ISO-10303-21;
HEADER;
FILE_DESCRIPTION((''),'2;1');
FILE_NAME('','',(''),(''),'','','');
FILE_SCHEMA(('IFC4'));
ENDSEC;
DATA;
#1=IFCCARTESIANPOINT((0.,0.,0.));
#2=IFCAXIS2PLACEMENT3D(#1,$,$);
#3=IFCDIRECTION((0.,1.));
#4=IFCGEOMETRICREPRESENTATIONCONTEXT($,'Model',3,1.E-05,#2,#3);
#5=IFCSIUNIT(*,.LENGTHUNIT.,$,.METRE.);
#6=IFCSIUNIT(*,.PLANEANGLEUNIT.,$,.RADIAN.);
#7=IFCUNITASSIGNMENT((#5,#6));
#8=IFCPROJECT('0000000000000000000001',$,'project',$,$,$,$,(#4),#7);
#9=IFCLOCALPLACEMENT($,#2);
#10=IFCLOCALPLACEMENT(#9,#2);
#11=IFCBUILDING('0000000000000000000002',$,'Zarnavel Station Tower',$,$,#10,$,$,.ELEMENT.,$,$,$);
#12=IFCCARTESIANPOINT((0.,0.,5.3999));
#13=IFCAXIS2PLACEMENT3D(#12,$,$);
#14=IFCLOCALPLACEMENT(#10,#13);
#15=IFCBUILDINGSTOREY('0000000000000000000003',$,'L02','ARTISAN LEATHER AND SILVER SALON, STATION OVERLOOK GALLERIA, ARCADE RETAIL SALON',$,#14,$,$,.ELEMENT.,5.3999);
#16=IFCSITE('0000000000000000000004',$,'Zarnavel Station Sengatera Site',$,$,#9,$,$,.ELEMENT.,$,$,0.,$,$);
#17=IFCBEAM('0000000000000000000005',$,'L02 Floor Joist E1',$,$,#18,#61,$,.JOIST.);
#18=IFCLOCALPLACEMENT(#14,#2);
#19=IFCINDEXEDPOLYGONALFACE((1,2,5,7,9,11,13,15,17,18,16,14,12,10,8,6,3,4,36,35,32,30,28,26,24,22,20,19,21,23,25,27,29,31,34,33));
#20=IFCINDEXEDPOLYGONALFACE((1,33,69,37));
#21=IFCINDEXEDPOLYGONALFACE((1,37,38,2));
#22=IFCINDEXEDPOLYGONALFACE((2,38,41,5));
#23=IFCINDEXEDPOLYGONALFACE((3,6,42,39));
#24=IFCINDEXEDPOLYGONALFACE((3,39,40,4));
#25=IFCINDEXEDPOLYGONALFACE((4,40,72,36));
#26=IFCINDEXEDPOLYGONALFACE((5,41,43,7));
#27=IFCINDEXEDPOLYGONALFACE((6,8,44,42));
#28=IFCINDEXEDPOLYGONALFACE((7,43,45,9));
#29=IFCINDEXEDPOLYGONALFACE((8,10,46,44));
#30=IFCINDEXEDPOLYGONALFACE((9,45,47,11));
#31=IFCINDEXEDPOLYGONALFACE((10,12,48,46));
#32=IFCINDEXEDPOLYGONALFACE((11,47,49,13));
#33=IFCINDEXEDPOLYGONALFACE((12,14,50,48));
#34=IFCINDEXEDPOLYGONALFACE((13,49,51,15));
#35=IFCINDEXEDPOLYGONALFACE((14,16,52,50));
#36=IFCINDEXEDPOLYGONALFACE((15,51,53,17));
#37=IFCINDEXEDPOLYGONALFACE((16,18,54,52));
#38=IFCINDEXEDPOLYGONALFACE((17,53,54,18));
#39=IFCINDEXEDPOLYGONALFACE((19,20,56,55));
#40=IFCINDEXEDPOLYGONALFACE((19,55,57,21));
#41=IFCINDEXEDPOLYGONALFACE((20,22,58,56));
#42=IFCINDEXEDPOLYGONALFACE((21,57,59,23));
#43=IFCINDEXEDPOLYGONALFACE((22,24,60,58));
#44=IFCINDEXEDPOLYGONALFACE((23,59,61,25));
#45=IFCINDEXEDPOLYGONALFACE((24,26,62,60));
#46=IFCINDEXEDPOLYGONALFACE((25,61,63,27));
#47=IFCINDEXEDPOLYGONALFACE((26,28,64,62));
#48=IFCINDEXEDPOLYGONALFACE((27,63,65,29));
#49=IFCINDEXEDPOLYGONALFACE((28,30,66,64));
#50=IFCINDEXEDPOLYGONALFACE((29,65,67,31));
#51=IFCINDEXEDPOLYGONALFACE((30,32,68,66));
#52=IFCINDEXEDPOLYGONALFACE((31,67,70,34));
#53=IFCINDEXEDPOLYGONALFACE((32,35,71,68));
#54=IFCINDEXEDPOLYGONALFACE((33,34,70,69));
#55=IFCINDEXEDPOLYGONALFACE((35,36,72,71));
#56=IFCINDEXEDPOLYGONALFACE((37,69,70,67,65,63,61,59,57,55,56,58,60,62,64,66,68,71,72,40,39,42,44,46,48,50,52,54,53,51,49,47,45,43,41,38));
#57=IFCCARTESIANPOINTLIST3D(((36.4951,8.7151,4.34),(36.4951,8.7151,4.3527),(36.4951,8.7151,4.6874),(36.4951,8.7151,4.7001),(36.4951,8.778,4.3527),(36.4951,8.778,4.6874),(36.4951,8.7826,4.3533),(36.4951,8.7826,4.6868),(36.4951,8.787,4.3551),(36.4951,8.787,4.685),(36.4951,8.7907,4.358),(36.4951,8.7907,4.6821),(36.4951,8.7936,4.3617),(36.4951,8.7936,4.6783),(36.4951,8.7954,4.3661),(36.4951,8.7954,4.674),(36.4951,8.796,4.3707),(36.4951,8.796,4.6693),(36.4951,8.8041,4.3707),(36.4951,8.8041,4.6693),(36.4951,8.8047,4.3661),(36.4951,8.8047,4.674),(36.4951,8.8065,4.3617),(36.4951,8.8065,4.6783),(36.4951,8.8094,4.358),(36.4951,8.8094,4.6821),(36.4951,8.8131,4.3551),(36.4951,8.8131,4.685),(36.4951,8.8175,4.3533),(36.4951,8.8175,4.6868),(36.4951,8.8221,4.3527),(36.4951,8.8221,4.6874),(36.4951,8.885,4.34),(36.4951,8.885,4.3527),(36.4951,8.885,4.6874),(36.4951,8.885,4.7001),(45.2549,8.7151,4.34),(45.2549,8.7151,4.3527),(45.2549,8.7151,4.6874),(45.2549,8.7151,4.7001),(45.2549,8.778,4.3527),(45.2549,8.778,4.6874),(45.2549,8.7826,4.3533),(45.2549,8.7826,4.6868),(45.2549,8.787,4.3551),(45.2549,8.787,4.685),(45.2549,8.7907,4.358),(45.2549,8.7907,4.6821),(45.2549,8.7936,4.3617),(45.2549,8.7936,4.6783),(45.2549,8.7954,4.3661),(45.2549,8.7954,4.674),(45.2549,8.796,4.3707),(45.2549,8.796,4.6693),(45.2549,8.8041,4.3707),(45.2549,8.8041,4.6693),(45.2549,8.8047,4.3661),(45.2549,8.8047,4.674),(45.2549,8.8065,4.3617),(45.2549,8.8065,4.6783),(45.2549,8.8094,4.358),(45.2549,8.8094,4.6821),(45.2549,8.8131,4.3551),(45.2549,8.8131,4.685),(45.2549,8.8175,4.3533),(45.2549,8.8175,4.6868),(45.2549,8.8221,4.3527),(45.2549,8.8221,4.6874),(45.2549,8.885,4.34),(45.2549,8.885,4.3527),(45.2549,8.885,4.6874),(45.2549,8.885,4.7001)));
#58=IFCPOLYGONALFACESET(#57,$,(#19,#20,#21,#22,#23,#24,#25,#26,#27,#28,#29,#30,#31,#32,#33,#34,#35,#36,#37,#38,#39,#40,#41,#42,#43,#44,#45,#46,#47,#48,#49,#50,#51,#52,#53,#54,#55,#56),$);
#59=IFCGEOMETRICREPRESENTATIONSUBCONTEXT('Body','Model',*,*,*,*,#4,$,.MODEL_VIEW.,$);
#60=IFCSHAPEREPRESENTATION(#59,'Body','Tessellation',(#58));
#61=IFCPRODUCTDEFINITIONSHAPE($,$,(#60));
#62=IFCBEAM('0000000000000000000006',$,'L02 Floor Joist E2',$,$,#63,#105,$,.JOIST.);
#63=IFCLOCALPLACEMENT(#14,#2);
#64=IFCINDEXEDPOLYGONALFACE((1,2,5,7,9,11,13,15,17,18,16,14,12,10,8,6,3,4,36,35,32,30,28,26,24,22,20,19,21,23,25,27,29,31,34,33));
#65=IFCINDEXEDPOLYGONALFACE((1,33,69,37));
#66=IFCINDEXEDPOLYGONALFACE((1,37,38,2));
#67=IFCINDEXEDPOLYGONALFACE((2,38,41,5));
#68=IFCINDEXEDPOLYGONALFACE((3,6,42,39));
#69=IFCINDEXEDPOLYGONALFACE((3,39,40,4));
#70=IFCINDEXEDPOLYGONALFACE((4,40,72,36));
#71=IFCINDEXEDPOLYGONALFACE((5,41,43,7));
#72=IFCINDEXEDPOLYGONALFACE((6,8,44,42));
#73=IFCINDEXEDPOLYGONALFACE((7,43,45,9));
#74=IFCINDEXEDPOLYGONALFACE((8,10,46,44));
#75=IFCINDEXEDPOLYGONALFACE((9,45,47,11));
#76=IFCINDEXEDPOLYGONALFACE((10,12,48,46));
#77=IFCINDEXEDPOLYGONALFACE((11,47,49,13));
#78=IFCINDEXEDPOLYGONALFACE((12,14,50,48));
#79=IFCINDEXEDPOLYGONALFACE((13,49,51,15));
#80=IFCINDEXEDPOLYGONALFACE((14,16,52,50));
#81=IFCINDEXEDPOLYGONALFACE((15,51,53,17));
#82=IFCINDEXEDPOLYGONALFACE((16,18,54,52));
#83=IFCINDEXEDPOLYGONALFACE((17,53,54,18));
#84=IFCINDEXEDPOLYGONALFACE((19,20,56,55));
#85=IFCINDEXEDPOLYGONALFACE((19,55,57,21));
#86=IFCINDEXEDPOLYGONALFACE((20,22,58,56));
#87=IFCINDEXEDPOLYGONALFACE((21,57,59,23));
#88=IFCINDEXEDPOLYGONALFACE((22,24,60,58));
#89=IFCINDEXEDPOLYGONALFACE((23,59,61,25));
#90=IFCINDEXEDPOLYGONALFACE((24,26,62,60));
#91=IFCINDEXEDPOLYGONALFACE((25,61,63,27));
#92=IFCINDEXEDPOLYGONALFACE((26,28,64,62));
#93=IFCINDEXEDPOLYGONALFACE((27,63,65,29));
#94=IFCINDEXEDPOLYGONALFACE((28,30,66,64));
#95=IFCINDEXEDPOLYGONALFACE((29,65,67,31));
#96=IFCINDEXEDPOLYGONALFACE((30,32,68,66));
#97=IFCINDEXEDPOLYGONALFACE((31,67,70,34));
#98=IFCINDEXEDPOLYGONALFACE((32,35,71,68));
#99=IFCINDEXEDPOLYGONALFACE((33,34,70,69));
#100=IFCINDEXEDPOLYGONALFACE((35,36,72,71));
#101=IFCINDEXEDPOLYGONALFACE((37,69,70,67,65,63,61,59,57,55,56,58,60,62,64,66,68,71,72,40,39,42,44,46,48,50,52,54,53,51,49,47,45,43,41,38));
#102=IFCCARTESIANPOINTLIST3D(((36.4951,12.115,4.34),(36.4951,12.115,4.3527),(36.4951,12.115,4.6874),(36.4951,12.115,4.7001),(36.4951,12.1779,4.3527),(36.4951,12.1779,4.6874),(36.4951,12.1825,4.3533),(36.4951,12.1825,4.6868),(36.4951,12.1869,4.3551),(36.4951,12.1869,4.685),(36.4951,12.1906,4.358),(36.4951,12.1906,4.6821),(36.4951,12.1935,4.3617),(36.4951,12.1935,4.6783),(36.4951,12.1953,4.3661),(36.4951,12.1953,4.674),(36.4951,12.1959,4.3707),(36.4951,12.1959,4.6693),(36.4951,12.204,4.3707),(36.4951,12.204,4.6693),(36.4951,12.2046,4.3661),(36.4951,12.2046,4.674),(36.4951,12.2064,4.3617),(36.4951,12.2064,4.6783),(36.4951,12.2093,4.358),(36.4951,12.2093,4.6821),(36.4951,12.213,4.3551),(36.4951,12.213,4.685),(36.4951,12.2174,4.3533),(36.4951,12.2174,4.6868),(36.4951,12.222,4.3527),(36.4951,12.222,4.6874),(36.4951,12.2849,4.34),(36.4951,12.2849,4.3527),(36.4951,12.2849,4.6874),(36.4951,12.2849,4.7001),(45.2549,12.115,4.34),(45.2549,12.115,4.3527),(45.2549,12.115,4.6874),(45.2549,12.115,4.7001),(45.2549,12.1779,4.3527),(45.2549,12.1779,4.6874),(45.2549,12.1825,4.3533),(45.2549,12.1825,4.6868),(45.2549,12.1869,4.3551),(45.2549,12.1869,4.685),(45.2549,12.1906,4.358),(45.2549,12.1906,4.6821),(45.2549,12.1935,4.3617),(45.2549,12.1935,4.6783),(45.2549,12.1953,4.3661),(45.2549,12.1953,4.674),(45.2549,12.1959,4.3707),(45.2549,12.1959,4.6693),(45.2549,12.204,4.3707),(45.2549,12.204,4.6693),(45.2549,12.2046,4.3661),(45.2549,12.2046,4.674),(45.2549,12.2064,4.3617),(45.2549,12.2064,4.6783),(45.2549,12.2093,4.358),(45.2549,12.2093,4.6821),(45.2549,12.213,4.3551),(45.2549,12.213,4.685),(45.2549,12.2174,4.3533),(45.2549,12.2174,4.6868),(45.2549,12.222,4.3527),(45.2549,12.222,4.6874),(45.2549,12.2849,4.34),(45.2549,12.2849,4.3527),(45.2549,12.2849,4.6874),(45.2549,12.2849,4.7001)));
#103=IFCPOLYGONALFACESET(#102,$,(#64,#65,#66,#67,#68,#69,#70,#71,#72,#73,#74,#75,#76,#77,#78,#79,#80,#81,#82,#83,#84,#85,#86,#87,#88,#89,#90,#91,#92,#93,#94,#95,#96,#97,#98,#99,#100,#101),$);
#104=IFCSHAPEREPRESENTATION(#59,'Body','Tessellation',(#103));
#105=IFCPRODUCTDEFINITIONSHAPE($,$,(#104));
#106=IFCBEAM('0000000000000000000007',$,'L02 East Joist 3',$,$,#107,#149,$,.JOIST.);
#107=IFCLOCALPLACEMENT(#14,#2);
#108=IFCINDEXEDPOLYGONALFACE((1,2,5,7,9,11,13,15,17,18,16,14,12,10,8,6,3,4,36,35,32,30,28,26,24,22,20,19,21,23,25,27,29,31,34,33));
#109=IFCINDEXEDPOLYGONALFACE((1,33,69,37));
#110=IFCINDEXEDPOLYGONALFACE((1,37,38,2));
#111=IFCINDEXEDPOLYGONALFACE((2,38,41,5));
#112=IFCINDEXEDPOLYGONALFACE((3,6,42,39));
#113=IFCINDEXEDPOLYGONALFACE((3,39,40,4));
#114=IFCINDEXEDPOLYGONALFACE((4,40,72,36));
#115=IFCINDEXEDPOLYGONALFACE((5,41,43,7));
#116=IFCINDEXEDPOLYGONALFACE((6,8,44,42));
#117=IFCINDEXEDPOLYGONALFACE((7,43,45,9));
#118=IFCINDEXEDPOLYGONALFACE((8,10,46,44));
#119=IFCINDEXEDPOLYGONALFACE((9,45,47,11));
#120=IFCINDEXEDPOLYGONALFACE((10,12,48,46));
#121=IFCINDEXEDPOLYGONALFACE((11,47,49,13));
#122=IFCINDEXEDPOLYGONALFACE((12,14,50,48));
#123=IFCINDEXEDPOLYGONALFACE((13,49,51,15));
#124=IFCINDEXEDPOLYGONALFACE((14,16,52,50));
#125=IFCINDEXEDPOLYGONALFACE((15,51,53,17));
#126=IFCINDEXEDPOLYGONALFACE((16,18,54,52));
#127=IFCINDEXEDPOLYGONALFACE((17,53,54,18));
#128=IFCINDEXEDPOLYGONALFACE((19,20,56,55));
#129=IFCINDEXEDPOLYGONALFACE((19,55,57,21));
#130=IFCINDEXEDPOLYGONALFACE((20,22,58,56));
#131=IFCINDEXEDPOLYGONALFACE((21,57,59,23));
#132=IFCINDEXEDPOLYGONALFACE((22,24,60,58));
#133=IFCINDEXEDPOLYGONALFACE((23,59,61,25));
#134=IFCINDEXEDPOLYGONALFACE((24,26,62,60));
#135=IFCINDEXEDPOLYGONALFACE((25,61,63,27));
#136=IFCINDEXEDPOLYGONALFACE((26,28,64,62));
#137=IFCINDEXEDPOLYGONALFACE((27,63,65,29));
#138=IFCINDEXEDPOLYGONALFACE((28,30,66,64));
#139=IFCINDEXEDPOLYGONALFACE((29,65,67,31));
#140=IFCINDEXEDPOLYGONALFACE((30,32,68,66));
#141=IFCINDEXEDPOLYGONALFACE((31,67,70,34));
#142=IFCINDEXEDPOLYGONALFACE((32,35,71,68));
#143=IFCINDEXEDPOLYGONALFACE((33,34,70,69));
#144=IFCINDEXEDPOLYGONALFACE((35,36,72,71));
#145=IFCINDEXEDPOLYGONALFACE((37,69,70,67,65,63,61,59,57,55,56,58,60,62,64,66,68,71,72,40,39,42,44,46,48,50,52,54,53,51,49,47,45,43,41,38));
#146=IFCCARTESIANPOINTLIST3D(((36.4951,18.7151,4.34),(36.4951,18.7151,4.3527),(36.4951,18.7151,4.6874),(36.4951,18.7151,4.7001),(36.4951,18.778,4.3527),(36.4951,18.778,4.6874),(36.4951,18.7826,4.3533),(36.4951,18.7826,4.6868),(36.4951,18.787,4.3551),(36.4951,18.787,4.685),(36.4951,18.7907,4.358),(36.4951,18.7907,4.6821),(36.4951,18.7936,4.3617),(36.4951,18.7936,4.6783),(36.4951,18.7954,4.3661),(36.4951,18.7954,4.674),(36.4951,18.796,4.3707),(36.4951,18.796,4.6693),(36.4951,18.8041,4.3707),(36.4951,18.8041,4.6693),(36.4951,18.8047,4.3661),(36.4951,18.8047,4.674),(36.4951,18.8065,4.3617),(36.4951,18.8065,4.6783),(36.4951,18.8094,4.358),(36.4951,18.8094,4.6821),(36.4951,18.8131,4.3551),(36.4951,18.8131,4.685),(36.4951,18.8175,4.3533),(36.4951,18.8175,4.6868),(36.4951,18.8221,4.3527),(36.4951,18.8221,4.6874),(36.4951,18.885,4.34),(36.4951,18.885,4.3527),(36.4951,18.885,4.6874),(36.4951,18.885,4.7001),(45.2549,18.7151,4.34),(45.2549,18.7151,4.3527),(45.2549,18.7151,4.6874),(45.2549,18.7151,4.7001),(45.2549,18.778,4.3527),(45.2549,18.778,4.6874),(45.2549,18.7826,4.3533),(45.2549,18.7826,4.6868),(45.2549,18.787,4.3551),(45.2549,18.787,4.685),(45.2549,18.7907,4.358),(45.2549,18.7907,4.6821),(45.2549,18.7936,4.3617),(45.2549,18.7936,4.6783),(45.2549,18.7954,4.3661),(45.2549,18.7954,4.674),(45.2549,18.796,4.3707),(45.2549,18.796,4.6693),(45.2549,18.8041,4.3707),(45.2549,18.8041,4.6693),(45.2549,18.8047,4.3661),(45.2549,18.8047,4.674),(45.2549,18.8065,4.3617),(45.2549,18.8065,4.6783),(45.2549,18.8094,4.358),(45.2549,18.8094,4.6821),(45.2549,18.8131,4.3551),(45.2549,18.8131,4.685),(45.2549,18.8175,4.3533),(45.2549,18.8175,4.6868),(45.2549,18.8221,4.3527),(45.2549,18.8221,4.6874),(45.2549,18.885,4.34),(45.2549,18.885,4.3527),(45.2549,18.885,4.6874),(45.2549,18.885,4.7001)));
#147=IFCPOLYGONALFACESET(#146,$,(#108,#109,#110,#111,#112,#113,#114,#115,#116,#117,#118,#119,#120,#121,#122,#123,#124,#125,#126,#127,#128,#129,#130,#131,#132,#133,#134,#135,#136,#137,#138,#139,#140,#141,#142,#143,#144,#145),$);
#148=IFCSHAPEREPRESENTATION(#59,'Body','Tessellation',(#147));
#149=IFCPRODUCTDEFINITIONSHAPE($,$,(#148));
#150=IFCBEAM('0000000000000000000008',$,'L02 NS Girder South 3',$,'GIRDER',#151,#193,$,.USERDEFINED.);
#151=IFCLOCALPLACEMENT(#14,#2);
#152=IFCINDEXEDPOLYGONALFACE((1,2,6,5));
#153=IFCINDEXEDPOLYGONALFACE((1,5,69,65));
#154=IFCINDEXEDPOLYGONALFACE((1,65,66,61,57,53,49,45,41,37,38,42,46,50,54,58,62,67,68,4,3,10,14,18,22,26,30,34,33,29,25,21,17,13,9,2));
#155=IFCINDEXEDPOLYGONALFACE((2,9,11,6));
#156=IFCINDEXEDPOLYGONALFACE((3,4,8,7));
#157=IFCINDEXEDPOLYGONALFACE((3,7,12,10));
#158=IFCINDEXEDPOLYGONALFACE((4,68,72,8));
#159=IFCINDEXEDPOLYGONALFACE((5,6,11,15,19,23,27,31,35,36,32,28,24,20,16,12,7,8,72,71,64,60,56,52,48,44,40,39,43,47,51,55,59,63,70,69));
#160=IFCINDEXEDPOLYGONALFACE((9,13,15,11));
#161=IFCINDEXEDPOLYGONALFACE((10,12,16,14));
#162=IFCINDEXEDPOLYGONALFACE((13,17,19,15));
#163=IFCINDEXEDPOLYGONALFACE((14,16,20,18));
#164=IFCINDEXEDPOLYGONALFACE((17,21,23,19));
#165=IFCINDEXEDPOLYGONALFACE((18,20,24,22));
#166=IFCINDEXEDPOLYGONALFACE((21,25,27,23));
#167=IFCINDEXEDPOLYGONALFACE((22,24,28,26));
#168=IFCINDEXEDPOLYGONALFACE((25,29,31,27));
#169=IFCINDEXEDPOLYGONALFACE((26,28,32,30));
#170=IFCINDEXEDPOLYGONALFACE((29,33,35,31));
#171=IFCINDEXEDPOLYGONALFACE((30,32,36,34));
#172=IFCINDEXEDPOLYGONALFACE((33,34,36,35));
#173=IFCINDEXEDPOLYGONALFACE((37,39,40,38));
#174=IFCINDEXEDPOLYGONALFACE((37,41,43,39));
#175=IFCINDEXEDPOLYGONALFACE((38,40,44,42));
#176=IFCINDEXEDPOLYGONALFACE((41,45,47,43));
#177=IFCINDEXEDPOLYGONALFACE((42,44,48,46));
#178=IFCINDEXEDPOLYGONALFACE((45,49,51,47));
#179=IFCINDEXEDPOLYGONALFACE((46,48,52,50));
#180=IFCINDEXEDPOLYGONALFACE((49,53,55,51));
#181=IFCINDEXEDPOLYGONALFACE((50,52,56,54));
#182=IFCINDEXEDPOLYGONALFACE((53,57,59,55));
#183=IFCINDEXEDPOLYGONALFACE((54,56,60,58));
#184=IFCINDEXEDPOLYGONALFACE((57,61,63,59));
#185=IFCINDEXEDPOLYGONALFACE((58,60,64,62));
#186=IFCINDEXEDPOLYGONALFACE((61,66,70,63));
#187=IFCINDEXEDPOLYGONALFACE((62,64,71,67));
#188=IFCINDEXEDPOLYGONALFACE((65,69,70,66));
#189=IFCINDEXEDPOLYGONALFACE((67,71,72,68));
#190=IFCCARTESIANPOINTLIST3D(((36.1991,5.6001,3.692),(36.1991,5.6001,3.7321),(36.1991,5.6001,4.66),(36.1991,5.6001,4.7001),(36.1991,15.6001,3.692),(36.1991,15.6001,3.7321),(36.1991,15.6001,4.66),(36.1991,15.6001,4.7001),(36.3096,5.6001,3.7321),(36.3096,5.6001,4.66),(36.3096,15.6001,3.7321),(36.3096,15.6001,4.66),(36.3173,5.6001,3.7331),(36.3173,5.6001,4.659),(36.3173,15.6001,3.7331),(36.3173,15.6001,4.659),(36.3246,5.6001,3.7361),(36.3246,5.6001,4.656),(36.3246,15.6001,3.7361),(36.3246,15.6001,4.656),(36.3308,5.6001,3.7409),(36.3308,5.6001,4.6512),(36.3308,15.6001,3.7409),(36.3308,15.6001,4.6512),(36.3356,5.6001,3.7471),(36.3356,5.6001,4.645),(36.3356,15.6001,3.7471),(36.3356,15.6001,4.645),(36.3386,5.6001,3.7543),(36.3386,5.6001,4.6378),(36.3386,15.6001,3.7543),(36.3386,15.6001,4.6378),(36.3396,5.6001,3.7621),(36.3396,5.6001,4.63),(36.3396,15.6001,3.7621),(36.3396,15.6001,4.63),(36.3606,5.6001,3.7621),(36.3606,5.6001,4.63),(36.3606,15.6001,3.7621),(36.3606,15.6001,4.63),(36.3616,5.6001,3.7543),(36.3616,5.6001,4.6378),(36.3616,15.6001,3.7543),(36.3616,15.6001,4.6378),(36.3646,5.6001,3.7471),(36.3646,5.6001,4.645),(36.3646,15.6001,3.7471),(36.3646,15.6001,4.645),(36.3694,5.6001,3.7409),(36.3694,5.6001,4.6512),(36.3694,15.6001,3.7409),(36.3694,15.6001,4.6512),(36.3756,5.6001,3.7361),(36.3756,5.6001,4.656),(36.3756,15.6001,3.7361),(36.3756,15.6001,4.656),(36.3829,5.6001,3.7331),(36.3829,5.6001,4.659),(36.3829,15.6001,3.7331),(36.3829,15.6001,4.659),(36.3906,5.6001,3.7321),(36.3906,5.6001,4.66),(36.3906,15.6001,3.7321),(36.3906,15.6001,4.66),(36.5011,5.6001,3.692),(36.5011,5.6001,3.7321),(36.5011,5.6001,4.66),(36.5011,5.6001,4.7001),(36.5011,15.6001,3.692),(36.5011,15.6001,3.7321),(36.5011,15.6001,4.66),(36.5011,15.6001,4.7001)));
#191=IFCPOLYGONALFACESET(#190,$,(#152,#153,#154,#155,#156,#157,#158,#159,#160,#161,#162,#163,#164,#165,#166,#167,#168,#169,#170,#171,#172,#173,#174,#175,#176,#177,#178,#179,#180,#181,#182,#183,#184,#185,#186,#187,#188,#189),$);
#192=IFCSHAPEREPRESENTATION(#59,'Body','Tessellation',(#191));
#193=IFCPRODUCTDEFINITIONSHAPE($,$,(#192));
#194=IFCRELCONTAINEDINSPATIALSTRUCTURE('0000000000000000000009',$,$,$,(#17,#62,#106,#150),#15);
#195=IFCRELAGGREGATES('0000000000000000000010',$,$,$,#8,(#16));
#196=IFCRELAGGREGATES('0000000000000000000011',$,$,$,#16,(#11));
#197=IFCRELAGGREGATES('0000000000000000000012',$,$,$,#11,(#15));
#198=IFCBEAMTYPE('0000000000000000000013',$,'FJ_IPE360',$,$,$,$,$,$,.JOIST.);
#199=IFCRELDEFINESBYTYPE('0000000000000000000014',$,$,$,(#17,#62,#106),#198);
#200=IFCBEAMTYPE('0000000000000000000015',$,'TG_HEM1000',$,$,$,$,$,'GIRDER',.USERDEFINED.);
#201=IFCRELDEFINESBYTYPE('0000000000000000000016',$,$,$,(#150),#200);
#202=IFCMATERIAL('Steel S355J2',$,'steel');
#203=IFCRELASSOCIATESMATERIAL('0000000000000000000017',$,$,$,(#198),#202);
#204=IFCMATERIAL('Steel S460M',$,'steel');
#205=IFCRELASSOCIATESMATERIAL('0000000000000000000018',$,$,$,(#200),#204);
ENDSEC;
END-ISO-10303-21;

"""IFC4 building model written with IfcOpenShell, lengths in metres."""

from ifc_helpers import new_model, si_unit, direction, frame, origin, origin_2d, place, context, subcontext, project, spatial, i_section, extrude, material, material_profile, profile_set, type_object, element, save


model = new_model("IFC4")

# Units and contexts
model_context = context("Model", 3, precision=1e-05, world=origin(), true_north=direction((0.0, 1.0)))
body_context = subcontext(model_context, "Body", "Model", "MODEL_VIEW")
ifc_project = project(units=[si_unit("LENGTHUNIT", "METRE"), si_unit("PLANEANGLEUNIT", "RADIAN")], contexts=[model_context])

# Site, building, storey
site_placement = place(None, origin())
site = spatial("IfcSite", under=ifc_project, at=site_placement, Name="Zarnavel Station Sengatera Site", CompositionType="ELEMENT", RefElevation=0.0)
building_placement = place(site_placement, origin())
building = spatial("IfcBuilding", under=site, at=building_placement, Name="Zarnavel Station Tower", CompositionType="ELEMENT")
storey_placement = place(building_placement, frame((0.0, 0.0, 5.3999)))
storey = spatial("IfcBuildingStorey", under=building, at=storey_placement, Name="L02", Description="ARTISAN LEATHER AND SILVER SALON, STATION OVERLOOK GALLERIA, ARCADE RETAIL SALON", CompositionType="ELEMENT", Elevation=5.3999)

# Beams
ifc_material_1 = material(Name="Steel S355J2", Category="steel")
ifc_material_profile_1 = material_profile(ifc_material_1, i_section(OverallWidth=0.1699, OverallDepth=0.3601, WebThickness=0.0081, FlangeThickness=0.0127, FilletRadius=0.0181, at=origin_2d()), Name="IPE360")
ifc_profile_set_1 = profile_set([ifc_material_profile_1], Name="Steel S355J2")
beam_type_1 = type_object("IfcBeamType", Name="FJ_IPE360", PredefinedType="JOIST", material=ifc_profile_set_1)
for number, where, z_axis, x_axis, name in (
    (1, (36.4951, 8.8, 4.52), (1.0, 0.0, 0.0), (0.0, 1.0, 0.0), "L02 Floor Joist E1"),
    (2, (36.4951, 12.2, 4.52), (1.0, 0.0, 0.0), (0.0, 1.0, 0.0), "L02 Floor Joist E2"),
    (3, (36.4951, 18.8, 4.52), (1.0, 0.0, 0.0), (0.0, 1.0, 0.0), "L02 East Joist 3"),
):
    element("IfcBeam", number, at=place(storey_placement, frame(where, z_axis=z_axis, x_axis=x_axis)), inside=storey, type_object=beam_type_1, Name=name, PredefinedType="JOIST", context=body_context, shape_type="SweptSolid", body=[
        extrude(i_section(OverallWidth=0.1699, OverallDepth=0.3601, WebThickness=0.0081, FlangeThickness=0.0127, FilletRadius=0.0181, at=origin_2d()), origin(), (0.0, 0.0, 1.0), 8.7598),
    ])
ifc_material_2 = material(Name="Steel S460M", Category="steel")
ifc_material_profile_2 = material_profile(ifc_material_2, i_section(OverallWidth=0.302, OverallDepth=1.0081, WebThickness=0.021, FlangeThickness=0.04, FilletRadius=0.03, at=origin_2d()), Name="HEM1000")
ifc_profile_set_2 = profile_set([ifc_material_profile_2], Name="Steel S460M")
beam_type_2 = type_object("IfcBeamType", Name="TG_HEM1000", ElementType="GIRDER", PredefinedType="USERDEFINED", material=ifc_profile_set_2)
beam_1_placement = place(storey_placement, frame((36.3501, 5.6001, 4.196), z_axis=(0.0, 1.0, 0.0), x_axis=(-1.0, 0.0, 0.0)))
element("IfcBeam", 4, at=beam_1_placement, inside=storey, type_object=beam_type_2, Name="L02 NS Girder South 3", ObjectType="GIRDER", PredefinedType="USERDEFINED", context=body_context, shape_type="SweptSolid", body=[
    extrude(i_section(OverallWidth=0.302, OverallDepth=1.0081, WebThickness=0.021, FlangeThickness=0.04, FilletRadius=0.03, at=origin_2d()), origin(), (0.0, 0.0, 1.0), 10.0),
])

save(model, "model.ifc")
